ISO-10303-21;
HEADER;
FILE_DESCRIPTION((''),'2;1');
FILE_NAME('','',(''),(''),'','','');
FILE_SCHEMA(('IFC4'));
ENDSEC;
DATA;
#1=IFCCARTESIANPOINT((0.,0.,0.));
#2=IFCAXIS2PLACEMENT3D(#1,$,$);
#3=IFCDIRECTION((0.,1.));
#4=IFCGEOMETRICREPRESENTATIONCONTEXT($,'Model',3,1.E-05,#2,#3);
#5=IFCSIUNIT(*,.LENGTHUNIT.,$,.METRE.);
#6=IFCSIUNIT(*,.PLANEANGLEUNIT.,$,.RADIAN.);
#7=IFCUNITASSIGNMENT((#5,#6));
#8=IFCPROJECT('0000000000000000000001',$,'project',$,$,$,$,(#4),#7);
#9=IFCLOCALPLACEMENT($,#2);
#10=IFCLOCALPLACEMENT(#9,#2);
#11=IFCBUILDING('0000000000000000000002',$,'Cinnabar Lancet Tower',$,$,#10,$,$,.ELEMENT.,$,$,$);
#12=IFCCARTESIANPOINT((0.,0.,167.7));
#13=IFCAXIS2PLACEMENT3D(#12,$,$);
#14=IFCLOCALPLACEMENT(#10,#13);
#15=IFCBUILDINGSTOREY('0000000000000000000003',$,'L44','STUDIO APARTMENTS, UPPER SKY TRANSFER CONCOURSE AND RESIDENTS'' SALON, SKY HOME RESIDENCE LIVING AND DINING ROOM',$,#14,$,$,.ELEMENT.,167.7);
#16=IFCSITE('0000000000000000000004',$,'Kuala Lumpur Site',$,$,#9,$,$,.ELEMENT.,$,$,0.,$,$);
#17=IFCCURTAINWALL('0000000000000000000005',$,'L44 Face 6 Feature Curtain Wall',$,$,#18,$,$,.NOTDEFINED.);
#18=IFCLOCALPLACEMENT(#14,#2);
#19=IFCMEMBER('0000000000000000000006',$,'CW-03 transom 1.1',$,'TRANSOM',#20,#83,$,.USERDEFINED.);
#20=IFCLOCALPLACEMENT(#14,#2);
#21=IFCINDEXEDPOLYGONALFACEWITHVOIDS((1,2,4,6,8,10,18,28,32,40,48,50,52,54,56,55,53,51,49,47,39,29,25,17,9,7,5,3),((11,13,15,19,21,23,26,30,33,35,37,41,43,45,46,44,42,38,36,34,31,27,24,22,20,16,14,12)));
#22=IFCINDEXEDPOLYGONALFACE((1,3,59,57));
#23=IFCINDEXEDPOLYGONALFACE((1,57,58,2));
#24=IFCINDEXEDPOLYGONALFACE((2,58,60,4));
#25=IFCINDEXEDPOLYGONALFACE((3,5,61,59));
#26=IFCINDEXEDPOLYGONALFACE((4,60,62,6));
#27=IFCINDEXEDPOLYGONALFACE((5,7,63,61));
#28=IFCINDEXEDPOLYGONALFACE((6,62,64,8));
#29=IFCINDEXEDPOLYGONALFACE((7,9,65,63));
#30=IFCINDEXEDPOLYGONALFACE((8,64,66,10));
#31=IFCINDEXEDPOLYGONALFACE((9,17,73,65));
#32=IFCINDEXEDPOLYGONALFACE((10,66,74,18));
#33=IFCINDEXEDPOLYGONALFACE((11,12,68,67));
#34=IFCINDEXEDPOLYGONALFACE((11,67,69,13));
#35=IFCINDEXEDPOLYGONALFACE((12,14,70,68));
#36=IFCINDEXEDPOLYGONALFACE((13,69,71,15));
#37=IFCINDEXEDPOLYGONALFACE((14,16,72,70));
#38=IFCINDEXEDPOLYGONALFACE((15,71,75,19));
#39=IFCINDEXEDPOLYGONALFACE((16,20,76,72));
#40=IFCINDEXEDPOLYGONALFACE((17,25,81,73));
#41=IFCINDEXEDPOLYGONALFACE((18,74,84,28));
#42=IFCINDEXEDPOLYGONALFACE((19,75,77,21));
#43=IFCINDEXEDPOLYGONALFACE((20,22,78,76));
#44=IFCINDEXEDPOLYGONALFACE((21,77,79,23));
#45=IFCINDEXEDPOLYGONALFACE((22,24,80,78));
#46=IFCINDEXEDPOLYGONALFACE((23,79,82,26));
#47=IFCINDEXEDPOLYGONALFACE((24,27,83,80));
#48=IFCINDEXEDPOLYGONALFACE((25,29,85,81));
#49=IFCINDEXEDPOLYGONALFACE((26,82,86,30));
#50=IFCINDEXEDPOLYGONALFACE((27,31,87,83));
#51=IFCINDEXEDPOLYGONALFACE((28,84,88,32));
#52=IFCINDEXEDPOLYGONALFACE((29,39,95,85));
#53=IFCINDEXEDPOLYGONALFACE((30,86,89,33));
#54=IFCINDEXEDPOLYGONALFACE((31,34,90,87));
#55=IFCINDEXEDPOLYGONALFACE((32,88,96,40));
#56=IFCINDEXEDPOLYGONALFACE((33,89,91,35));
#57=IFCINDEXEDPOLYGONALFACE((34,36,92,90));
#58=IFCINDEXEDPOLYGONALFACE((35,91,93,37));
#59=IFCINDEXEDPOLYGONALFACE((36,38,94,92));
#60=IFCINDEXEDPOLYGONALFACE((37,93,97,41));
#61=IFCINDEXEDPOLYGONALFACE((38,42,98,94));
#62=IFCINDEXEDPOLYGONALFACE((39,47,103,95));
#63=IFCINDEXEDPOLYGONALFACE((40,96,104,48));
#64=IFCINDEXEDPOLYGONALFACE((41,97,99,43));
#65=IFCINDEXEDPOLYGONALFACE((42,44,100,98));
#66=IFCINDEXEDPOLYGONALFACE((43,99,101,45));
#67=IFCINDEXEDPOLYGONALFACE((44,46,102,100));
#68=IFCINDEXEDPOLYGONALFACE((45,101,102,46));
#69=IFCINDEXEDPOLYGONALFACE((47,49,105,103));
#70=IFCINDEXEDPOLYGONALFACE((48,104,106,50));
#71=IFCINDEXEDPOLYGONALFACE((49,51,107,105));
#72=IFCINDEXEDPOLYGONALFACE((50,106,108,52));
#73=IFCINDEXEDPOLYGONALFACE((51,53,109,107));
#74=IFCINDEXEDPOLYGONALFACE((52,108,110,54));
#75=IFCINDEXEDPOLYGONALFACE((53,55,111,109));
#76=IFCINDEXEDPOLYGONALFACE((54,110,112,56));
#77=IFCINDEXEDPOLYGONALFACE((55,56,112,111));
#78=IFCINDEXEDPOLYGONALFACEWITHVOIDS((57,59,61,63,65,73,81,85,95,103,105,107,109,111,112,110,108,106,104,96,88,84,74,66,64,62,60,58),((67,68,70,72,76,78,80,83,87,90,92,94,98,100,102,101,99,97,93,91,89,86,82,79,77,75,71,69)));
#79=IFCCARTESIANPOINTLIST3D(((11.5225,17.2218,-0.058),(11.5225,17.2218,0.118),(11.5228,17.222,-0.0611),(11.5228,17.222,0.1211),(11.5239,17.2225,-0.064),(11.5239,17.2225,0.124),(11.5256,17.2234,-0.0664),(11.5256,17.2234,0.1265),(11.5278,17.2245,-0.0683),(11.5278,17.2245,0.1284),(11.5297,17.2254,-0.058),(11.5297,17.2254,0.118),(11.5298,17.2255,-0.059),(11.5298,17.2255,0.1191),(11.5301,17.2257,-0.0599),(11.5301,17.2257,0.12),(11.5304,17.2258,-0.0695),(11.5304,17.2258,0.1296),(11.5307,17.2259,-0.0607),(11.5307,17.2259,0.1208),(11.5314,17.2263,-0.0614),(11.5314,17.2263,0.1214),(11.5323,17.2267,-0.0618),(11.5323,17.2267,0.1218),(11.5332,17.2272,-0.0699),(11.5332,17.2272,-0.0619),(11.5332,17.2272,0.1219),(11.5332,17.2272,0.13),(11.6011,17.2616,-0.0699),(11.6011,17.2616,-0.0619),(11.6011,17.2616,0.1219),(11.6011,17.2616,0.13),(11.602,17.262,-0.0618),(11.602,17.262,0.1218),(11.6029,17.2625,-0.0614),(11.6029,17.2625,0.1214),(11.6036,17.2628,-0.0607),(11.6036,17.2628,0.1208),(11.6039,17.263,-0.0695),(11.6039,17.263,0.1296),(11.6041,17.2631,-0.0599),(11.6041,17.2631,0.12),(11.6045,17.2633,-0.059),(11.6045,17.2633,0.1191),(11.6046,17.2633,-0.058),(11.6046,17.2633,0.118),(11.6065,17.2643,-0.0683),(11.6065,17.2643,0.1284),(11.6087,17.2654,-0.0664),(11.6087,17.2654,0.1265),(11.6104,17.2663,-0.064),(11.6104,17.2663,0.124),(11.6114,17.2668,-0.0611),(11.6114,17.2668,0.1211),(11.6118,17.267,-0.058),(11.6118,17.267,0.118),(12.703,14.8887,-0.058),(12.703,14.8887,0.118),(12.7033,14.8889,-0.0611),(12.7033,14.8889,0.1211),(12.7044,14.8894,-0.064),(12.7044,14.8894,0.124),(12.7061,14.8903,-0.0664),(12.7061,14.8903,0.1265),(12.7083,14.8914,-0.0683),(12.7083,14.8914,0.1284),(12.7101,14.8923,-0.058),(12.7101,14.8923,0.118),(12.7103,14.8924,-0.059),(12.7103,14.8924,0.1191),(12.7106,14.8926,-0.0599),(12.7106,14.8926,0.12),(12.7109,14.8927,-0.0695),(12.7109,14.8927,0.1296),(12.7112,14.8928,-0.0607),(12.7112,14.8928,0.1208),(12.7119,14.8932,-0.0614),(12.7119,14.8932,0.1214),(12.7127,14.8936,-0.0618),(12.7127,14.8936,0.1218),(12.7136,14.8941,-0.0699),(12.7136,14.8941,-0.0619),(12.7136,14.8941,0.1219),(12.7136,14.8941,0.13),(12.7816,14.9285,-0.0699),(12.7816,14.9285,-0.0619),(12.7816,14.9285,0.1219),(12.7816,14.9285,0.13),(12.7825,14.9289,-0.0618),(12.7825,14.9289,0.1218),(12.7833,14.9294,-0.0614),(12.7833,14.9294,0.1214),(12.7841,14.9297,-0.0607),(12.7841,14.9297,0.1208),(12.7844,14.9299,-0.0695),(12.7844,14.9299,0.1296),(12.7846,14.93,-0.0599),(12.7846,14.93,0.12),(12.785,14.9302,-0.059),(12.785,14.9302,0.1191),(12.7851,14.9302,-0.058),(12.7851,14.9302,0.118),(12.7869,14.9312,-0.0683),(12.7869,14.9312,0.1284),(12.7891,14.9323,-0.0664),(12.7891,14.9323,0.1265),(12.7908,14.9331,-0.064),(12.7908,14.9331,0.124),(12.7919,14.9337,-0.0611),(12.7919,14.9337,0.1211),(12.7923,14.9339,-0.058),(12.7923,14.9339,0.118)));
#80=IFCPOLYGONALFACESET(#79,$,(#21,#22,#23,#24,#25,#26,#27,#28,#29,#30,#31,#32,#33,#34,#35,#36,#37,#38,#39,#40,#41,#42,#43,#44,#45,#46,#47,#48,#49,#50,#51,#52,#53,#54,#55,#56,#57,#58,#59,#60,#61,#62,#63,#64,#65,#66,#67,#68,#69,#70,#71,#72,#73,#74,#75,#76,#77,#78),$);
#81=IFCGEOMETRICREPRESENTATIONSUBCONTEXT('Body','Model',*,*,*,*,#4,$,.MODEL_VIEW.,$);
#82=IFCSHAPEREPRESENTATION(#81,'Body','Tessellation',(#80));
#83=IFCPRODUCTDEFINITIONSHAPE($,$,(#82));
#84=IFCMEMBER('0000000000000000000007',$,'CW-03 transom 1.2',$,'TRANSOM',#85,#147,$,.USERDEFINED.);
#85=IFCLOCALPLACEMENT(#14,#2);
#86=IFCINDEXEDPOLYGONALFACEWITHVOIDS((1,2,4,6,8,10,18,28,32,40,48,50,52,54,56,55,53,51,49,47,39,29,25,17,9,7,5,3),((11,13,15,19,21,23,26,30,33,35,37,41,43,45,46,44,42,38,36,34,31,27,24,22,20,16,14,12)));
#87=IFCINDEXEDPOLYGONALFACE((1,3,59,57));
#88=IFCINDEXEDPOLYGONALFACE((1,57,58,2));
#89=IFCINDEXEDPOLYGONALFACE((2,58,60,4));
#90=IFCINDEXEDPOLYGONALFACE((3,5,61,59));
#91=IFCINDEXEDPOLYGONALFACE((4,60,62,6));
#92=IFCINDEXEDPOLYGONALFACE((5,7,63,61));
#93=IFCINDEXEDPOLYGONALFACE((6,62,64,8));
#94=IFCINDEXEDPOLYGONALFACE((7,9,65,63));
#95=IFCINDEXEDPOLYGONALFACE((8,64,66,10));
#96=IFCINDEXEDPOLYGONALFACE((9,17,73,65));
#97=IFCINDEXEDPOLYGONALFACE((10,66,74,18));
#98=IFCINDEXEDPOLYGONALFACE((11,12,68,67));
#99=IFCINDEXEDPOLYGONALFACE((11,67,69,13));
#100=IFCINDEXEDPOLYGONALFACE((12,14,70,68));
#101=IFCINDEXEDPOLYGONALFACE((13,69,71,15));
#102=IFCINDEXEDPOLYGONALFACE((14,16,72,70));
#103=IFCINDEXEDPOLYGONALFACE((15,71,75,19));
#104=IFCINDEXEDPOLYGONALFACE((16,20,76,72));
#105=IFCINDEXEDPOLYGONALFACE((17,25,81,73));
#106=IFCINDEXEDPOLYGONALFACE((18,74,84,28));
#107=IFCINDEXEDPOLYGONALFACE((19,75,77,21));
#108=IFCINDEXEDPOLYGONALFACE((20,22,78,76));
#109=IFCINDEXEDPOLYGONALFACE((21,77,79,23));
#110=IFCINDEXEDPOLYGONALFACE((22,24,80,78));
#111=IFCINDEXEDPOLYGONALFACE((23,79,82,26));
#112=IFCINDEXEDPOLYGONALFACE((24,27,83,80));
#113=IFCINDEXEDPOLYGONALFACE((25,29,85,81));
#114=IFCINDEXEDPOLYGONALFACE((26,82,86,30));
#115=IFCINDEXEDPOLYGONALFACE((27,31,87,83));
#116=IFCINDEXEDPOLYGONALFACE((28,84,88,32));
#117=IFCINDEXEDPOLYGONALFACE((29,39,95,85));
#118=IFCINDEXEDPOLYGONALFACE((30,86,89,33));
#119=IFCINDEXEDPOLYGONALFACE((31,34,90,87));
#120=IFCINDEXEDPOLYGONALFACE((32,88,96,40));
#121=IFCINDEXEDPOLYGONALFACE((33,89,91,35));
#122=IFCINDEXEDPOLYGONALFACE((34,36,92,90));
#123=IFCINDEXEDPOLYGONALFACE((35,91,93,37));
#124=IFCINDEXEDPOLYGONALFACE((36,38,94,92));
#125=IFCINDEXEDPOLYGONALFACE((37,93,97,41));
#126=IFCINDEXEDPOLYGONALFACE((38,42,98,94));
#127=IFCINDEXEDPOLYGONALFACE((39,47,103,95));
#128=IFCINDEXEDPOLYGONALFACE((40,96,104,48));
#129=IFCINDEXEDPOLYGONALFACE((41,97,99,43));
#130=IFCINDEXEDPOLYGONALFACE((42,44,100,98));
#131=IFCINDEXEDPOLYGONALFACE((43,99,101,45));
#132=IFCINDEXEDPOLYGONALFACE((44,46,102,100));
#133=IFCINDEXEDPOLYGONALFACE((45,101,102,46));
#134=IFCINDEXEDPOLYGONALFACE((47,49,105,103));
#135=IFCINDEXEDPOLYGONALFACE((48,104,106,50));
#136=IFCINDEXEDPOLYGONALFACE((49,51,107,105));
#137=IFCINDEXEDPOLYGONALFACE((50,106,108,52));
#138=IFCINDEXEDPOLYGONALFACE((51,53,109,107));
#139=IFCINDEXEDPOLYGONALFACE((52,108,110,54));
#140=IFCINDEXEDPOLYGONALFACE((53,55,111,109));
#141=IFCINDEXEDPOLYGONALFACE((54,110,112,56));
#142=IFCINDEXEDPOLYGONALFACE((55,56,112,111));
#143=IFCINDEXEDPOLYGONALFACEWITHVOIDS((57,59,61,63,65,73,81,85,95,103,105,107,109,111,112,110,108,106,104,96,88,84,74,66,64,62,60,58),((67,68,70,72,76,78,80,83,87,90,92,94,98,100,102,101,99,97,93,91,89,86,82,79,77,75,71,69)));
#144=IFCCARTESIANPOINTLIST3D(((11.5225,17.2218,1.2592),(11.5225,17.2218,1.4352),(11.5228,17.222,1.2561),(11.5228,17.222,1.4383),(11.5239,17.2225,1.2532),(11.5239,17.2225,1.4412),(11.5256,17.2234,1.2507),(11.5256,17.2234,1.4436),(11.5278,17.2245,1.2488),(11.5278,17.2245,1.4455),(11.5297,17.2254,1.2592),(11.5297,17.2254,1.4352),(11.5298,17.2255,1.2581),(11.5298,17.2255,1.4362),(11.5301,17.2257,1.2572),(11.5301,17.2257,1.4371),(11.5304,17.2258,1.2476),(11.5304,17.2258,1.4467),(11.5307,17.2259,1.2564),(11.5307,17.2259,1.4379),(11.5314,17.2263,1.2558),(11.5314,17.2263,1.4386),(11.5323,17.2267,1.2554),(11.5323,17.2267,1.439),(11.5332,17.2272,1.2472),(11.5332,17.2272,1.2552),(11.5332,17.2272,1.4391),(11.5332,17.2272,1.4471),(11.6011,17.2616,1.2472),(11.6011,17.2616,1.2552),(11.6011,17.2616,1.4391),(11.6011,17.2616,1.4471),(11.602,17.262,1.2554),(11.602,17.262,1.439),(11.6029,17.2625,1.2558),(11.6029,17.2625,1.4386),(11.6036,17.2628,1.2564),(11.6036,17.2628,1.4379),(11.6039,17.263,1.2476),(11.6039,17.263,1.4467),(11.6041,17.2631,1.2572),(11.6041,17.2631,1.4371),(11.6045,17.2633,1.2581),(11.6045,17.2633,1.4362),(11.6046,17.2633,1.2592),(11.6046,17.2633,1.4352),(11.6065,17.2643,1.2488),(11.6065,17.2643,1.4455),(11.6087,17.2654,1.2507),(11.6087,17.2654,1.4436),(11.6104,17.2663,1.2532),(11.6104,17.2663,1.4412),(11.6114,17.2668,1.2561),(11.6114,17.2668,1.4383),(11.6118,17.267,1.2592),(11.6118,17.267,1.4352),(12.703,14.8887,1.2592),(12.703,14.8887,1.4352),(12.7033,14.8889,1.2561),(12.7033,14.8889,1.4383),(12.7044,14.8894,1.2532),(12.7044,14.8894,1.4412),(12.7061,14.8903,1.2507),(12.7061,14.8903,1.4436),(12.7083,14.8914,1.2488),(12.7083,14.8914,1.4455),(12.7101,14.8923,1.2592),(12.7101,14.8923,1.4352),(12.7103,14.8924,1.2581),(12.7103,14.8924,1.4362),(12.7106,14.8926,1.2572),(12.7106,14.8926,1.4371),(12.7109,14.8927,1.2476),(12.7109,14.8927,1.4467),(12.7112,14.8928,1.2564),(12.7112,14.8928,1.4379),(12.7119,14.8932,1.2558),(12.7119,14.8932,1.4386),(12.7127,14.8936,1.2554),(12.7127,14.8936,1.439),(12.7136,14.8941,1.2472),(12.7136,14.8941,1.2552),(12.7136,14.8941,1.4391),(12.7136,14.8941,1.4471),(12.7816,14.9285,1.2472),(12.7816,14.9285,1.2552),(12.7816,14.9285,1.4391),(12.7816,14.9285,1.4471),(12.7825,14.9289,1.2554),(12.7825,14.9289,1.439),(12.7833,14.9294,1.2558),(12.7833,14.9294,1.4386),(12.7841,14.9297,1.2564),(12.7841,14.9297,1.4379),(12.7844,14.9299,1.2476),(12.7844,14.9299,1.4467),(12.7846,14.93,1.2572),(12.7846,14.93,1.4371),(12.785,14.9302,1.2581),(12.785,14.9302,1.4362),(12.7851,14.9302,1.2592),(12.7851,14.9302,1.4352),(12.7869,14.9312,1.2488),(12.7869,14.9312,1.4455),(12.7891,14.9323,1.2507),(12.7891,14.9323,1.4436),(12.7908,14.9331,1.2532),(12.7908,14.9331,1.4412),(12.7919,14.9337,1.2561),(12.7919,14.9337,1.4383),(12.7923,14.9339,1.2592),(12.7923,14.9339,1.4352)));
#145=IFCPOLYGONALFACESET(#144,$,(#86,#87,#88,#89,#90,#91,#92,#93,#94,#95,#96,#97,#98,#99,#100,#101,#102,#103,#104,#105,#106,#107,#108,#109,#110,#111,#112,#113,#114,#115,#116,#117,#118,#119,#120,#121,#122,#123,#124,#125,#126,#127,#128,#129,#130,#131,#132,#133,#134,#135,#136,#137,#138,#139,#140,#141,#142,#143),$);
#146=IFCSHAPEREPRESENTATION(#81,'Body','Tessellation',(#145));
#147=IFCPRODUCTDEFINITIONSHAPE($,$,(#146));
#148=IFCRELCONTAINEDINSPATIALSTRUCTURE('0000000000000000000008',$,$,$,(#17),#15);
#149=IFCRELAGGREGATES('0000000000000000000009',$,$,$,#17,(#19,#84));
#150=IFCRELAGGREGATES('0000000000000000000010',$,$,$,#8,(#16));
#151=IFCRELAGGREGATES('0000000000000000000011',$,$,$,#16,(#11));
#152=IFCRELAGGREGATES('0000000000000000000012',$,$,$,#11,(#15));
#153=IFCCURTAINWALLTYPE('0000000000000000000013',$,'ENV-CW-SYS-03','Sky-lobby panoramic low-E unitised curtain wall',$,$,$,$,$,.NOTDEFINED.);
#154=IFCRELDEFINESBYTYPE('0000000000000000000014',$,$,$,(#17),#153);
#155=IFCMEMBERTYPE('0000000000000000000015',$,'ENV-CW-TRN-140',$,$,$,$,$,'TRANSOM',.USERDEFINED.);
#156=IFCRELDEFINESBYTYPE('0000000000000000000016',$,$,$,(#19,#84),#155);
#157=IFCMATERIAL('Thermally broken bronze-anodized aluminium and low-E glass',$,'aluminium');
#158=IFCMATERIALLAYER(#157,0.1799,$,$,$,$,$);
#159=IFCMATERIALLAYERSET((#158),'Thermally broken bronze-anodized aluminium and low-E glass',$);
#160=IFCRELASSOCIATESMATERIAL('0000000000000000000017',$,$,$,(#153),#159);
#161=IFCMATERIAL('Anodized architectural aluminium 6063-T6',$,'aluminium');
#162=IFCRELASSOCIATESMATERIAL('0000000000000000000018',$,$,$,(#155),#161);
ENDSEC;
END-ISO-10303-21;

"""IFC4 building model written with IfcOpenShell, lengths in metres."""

from ifc_helpers import new_model, si_unit, direction, frame, origin, origin_2d, place, context, subcontext, project, spatial, hollow_rectangle, extrude, material, layer, layer_set, material_profile, profile_set, type_object, element, aggregate, save


model = new_model("IFC4")

# Units and contexts
model_context = context("Model", 3, precision=1e-05, world=origin(), true_north=direction((0.0, 1.0)))
body_context = subcontext(model_context, "Body", "Model", "MODEL_VIEW")
ifc_project = project(units=[si_unit("LENGTHUNIT", "METRE"), si_unit("PLANEANGLEUNIT", "RADIAN")], contexts=[model_context])

# Site, building, storey
site_placement = place(None, origin())
site = spatial("IfcSite", under=ifc_project, at=site_placement, Name="Kuala Lumpur Site", CompositionType="ELEMENT", RefElevation=0.0)
building_placement = place(site_placement, origin())
building = spatial("IfcBuilding", under=site, at=building_placement, Name="Cinnabar Lancet Tower", CompositionType="ELEMENT")
storey_placement = place(building_placement, frame((0.0, 0.0, 167.7)))
storey = spatial("IfcBuildingStorey", under=building, at=storey_placement, Name="L44", Description="STUDIO APARTMENTS, UPPER SKY TRANSFER CONCOURSE AND RESIDENTS' SALON, SKY HOME RESIDENCE LIVING AND DINING ROOM", CompositionType="ELEMENT", Elevation=167.7)

# Curtain wall, members
ifc_material_1 = material(Name="Thermally broken bronze-anodized aluminium and low-E glass", Category="aluminium")
ifc_layer_1 = layer(ifc_material_1, 0.1799)
ifc_layer_set_1 = layer_set([ifc_layer_1], Name="Thermally broken bronze-anodized aluminium and low-E glass")
curtain_wall_type = type_object("IfcCurtainWallType", Name="ENV-CW-SYS-03", Description="Sky-lobby panoramic low-E unitised curtain wall", PredefinedType="NOTDEFINED", material=ifc_layer_set_1)
curtain_wall_placement = place(storey_placement, origin())
curtain_wall = element("IfcCurtainWall", 1, at=curtain_wall_placement, inside=storey, type_object=curtain_wall_type, Name="L44 Face 6 Feature Curtain Wall", PredefinedType="NOTDEFINED")
ifc_material_2 = material(Name="Anodized architectural aluminium 6063-T6", Category="aluminium")
ifc_material_profile_1 = material_profile(ifc_material_2, hollow_rectangle(XDim=0.1001, YDim=0.2, WallThickness=0.0081, InnerFilletRadius=0.0039, OuterFilletRadius=0.012, at=origin_2d()), Name="RHS 200x100x8")
ifc_profile_set_1 = profile_set([ifc_material_profile_1], Name="Anodized architectural aluminium 6063-T6")
member_type_1 = type_object("IfcMemberType", Name="ENV-CW-TRN-140", ElementType="TRANSOM", PredefinedType="USERDEFINED", material=ifc_profile_set_1)
member_1_placement = place(storey_placement, frame((11.5671, 17.2444, 0.03), z_axis=(0.451466, -0.892288, 0.0), x_axis=(0.892288, 0.451466, 0.0)))
member_1 = element("IfcMember", 2, at=member_1_placement, type_object=member_type_1, Name="CW-03 transom 1.1", ObjectType="TRANSOM", PredefinedType="USERDEFINED", context=body_context, shape_type="SweptSolid", body=[
    extrude(hollow_rectangle(XDim=0.1001, YDim=0.2, WallThickness=0.0081, InnerFilletRadius=0.0039, OuterFilletRadius=0.012, at=origin_2d()), origin(), (0.0, 0.0, 1.0), 2.6147),
])
member_2_placement = place(storey_placement, frame((11.5671, 17.2444, 1.3472), z_axis=(0.451466, -0.892288, 0.0), x_axis=(0.892288, 0.451466, 0.0)))
member_2 = element("IfcMember", 3, at=member_2_placement, type_object=member_type_1, Name="CW-03 transom 1.2", ObjectType="TRANSOM", PredefinedType="USERDEFINED", context=body_context, shape_type="SweptSolid", body=[
    extrude(hollow_rectangle(XDim=0.1001, YDim=0.2, WallThickness=0.0081, InnerFilletRadius=0.0039, OuterFilletRadius=0.012, at=origin_2d()), origin(), (0.0, 0.0, 1.0), 2.6147),
])

aggregate(curtain_wall, [member_1, member_2])

save(model, "model.ifc")
